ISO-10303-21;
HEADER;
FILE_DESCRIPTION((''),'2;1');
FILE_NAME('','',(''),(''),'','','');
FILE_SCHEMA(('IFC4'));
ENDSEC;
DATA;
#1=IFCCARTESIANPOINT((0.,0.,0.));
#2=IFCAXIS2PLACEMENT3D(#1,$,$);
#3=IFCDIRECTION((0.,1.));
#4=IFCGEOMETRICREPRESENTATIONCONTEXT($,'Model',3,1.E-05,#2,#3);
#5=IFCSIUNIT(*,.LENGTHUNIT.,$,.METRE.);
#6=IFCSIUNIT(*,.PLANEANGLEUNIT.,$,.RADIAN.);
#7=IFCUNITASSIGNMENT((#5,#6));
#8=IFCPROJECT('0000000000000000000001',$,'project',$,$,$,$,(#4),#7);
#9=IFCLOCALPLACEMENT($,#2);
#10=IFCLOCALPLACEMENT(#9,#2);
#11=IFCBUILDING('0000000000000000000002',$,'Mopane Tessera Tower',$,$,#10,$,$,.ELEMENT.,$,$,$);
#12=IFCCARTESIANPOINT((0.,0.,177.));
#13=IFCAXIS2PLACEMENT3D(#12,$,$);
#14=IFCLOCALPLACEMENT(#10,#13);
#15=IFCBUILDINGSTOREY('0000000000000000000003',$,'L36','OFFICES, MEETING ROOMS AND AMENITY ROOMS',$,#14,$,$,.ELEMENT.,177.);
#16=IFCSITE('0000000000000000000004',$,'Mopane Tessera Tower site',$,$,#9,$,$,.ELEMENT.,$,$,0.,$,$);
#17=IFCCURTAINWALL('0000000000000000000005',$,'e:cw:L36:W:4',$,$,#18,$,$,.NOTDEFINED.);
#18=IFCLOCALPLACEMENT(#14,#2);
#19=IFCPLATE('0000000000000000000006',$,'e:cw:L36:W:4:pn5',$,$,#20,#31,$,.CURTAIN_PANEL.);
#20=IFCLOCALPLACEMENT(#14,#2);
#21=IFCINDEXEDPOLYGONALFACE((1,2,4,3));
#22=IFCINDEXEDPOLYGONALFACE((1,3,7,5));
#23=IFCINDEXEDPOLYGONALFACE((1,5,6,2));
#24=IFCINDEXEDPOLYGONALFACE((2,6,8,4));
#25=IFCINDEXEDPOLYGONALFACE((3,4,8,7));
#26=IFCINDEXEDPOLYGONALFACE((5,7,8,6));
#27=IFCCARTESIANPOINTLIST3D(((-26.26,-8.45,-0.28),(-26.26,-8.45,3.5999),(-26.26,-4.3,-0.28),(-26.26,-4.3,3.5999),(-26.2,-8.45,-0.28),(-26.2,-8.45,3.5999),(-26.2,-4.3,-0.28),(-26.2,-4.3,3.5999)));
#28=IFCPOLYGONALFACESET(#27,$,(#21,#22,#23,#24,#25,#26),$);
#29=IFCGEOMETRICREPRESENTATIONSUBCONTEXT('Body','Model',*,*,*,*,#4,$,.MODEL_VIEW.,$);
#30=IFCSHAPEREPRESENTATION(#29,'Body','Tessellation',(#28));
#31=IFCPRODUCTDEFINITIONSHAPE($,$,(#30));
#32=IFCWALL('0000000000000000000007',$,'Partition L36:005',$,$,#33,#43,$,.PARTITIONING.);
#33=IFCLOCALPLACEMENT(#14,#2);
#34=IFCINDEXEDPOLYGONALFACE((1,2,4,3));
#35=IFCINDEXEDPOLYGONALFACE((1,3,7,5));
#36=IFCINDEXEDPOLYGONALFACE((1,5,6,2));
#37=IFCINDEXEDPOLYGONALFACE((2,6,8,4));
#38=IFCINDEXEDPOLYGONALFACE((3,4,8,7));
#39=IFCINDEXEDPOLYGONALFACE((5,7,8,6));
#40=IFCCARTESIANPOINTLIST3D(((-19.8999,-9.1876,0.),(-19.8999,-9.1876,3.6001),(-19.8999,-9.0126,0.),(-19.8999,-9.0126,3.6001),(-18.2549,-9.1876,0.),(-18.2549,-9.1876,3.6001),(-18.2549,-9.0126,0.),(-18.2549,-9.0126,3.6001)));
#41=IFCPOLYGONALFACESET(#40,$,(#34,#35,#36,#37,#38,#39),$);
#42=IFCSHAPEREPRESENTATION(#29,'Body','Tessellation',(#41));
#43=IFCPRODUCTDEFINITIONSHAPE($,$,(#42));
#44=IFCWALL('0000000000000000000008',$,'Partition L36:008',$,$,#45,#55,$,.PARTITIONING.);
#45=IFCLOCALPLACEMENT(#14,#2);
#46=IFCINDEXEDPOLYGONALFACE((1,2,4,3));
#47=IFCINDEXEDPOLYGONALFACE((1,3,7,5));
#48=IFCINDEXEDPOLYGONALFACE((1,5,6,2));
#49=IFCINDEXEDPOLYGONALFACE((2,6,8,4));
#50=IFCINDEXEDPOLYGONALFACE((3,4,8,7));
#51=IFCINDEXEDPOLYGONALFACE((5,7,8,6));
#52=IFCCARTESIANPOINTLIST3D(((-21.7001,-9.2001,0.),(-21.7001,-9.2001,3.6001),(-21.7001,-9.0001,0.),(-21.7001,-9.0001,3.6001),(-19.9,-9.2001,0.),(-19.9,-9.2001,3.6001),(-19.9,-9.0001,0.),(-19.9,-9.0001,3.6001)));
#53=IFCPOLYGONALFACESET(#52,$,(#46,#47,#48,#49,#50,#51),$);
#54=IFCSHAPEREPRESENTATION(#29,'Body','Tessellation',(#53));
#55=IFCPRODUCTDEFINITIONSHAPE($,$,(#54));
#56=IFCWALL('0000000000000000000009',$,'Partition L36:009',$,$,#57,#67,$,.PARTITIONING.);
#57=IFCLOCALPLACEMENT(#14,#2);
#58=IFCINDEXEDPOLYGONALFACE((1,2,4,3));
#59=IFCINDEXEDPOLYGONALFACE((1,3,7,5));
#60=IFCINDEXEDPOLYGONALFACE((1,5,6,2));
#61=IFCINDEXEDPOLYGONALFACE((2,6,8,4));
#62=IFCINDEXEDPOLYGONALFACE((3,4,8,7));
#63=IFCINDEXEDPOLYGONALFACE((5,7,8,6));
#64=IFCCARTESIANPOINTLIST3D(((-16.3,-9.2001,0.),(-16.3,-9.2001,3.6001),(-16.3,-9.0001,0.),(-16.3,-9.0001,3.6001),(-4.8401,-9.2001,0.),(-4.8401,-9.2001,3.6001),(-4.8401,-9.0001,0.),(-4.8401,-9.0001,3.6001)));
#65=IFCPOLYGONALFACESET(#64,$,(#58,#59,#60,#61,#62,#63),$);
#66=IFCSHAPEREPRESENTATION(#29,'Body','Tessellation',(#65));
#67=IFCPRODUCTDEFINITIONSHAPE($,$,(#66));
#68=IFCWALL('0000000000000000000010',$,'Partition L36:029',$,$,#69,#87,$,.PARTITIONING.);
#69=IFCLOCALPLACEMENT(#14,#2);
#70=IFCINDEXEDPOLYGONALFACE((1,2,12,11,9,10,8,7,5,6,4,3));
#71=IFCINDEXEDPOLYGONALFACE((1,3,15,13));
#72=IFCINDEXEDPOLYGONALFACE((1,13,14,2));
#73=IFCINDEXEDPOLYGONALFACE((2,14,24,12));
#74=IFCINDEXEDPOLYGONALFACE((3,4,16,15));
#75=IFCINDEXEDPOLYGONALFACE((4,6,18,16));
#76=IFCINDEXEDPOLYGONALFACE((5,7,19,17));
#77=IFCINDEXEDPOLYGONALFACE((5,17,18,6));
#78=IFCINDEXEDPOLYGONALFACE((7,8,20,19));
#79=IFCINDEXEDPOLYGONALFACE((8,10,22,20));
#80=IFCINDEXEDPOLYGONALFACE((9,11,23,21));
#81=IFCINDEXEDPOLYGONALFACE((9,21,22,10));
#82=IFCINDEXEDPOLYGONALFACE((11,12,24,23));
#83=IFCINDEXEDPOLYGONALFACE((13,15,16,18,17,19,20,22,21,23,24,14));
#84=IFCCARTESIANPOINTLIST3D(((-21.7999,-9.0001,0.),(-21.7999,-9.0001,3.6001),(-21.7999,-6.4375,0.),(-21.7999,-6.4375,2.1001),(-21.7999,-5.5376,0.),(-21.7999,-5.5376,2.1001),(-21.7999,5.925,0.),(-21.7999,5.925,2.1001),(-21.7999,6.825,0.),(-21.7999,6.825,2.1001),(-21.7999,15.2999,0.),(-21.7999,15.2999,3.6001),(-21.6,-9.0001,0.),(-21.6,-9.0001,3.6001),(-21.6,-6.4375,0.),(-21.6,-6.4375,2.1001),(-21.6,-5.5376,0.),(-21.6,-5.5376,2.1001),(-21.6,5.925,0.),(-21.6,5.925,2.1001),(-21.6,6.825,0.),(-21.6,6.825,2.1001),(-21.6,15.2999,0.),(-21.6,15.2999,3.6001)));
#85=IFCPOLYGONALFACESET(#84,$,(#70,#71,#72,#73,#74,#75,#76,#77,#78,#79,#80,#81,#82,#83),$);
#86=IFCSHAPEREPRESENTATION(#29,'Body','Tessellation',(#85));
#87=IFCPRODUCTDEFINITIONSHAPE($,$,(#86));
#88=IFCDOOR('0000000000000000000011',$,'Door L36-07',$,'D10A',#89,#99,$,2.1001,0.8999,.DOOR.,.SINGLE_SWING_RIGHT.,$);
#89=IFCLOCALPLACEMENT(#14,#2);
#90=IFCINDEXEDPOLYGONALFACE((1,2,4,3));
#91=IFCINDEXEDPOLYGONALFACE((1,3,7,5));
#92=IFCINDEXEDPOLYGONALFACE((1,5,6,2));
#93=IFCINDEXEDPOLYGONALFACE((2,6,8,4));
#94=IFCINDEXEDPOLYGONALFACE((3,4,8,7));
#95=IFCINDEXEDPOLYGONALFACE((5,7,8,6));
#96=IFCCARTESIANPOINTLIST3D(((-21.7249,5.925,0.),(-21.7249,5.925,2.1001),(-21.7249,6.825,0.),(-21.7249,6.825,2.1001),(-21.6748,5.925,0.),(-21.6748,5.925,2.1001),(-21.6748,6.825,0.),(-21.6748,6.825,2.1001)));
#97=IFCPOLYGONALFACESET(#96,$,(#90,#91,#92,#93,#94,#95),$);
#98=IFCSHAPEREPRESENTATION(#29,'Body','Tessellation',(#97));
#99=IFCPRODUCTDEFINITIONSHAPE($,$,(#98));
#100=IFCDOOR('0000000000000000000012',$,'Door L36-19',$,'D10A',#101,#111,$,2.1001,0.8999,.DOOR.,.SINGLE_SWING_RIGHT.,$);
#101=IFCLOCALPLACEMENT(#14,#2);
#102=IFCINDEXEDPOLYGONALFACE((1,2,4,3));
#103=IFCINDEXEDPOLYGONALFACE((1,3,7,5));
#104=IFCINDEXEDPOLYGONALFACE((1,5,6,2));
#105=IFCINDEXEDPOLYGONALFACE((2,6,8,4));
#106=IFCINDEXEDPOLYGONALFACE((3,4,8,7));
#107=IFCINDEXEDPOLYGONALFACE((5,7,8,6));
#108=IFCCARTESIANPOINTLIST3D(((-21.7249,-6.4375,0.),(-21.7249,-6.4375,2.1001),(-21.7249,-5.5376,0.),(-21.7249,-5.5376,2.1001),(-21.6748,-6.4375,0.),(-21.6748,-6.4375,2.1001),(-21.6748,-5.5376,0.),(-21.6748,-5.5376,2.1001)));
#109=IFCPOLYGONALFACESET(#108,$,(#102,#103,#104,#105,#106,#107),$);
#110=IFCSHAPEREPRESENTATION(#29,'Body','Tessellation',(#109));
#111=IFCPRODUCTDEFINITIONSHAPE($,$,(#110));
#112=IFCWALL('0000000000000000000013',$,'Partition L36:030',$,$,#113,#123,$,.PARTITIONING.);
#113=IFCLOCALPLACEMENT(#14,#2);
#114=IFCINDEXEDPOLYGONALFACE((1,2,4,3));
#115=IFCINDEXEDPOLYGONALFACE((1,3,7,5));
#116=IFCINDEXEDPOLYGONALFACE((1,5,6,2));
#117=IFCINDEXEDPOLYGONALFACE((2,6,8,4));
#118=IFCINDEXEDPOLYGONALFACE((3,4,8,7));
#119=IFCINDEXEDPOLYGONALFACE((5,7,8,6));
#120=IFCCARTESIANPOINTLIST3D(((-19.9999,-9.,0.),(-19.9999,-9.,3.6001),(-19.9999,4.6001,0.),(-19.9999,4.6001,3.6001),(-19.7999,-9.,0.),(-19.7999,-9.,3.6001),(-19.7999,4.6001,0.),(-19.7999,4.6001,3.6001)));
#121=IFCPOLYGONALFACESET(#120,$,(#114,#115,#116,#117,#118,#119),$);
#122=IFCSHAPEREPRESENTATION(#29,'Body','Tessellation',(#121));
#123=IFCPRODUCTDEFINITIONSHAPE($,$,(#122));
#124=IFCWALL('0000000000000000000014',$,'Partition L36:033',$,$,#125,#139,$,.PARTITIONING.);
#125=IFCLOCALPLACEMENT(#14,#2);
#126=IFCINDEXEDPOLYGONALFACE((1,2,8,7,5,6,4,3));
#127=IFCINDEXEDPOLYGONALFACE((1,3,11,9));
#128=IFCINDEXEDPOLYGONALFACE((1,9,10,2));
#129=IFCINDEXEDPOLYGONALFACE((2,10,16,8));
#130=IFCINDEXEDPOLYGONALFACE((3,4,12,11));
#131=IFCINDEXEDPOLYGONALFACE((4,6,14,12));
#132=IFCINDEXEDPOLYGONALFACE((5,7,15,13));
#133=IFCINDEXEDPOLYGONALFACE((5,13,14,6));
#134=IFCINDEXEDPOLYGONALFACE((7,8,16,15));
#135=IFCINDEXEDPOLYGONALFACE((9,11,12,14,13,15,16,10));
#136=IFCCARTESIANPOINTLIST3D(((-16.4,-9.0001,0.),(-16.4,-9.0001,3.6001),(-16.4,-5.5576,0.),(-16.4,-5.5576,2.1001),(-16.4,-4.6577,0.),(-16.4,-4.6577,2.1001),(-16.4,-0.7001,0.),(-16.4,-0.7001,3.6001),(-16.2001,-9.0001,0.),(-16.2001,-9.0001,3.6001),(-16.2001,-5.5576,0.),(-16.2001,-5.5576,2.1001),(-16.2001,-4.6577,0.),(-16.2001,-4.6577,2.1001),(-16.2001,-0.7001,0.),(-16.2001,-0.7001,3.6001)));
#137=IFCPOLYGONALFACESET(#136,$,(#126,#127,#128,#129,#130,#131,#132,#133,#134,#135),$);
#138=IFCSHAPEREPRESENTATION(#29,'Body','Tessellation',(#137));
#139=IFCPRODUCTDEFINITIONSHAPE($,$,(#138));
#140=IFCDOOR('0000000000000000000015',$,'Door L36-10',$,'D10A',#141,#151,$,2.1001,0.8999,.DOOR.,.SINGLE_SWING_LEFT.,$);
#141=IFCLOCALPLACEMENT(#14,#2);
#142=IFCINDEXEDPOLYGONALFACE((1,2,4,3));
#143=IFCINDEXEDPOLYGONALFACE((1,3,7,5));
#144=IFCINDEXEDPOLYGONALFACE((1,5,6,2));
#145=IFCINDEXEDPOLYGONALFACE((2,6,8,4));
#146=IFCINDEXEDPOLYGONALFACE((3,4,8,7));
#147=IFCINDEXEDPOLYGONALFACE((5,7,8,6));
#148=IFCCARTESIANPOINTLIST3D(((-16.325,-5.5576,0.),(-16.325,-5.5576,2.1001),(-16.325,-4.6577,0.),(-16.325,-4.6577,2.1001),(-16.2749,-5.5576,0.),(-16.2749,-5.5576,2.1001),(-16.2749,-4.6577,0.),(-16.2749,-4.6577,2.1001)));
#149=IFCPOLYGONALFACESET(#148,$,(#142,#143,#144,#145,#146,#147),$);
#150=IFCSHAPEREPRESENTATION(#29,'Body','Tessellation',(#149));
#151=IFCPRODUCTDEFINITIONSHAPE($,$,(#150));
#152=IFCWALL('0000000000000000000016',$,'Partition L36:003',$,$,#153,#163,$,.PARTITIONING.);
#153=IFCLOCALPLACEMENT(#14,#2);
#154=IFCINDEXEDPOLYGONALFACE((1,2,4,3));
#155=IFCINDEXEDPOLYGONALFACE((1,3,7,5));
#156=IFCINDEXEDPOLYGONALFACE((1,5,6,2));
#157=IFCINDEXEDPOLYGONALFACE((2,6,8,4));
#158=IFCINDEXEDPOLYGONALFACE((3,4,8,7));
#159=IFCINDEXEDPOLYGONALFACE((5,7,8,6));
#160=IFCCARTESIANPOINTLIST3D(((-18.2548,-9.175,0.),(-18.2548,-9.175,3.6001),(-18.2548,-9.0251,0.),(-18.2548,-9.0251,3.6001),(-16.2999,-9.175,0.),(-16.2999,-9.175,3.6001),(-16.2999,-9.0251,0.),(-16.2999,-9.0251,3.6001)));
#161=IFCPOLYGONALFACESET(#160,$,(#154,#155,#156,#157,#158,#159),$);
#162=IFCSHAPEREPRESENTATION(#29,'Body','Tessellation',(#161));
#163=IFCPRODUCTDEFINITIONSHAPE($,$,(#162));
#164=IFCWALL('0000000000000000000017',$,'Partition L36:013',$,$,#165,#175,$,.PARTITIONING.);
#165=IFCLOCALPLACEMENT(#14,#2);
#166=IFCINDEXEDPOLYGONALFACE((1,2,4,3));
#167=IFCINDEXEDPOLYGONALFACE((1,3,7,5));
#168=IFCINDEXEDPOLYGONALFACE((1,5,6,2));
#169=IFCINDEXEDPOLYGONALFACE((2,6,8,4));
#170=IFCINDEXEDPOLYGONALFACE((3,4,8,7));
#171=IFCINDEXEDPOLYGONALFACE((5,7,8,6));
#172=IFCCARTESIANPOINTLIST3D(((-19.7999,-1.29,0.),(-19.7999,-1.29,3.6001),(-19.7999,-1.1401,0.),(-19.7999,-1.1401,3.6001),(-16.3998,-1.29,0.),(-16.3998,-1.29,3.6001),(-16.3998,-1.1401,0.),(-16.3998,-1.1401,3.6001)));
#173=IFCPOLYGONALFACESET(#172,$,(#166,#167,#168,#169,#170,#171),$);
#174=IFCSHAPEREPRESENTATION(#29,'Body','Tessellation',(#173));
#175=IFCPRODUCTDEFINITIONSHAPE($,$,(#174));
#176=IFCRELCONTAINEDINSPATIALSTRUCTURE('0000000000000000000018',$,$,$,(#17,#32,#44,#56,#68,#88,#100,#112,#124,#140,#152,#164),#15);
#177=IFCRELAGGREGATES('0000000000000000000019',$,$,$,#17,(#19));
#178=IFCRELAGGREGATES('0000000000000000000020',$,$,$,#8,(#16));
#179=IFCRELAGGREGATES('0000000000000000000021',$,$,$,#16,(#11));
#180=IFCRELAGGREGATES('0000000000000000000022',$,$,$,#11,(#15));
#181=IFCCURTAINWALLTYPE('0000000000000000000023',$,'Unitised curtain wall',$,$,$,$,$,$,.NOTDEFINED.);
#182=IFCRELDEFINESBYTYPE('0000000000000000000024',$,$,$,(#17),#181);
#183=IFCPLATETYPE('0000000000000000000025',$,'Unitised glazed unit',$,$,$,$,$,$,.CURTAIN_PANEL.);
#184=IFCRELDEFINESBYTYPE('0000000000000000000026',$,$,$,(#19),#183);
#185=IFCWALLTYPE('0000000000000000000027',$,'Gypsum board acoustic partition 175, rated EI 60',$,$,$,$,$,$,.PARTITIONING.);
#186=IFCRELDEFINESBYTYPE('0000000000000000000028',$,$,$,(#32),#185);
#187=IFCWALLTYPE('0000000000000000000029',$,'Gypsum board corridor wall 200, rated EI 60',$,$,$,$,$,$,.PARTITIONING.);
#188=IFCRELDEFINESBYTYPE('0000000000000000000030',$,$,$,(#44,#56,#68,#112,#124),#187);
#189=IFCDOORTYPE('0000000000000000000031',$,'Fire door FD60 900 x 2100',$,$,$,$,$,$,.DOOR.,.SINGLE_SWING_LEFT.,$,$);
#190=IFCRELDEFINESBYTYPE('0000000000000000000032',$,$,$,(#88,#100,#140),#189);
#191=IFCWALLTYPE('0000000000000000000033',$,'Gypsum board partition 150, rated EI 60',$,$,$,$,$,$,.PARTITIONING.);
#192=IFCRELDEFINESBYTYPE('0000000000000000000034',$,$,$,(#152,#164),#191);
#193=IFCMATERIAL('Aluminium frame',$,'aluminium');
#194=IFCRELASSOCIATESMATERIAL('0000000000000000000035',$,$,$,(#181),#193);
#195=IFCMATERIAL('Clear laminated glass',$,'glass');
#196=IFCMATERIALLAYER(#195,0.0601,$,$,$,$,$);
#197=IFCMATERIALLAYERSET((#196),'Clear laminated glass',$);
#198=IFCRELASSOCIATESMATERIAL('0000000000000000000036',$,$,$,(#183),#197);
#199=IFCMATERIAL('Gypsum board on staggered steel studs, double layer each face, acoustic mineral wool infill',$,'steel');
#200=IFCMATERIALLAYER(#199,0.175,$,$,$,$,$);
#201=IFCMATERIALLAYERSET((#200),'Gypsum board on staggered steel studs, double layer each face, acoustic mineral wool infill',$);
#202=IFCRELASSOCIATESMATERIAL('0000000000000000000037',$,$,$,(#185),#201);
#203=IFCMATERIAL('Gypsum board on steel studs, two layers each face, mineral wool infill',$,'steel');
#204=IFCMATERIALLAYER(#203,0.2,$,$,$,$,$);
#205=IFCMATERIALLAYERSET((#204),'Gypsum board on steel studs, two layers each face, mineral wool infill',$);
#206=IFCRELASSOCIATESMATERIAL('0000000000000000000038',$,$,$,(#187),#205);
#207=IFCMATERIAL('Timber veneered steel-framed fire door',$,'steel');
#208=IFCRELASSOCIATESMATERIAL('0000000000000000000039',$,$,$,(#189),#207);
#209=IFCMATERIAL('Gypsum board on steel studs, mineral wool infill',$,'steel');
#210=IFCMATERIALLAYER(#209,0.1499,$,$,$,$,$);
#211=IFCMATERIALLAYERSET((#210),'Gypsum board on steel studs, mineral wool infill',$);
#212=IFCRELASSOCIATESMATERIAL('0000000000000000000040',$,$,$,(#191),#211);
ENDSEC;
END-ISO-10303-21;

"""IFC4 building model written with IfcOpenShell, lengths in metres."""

from ifc_helpers import new_model, si_unit, direction, frame, frame_2d, origin, origin_2d, place, context, subcontext, project, spatial, rectangle, extrude, material, layer, layer_set, type_object, element, fill, aggregate, save


model = new_model("IFC4")

# Units and contexts
model_context = context("Model", 3, precision=1e-05, world=origin(), true_north=direction((0.0, 1.0)))
body_context = subcontext(model_context, "Body", "Model", "MODEL_VIEW")
ifc_project = project(units=[si_unit("LENGTHUNIT", "METRE"), si_unit("PLANEANGLEUNIT", "RADIAN")], contexts=[model_context])

# Site, building, storey
site_placement = place(None, origin())
site = spatial("IfcSite", under=ifc_project, at=site_placement, Name="Mopane Tessera Tower site", CompositionType="ELEMENT", RefElevation=0.0)
building_placement = place(site_placement, origin())
building = spatial("IfcBuilding", under=site, at=building_placement, Name="Mopane Tessera Tower", CompositionType="ELEMENT")
storey_placement = place(building_placement, frame((0.0, 0.0, 177.0)))
storey = spatial("IfcBuildingStorey", under=building, at=storey_placement, Name="L36", Description="OFFICES, MEETING ROOMS AND AMENITY ROOMS", CompositionType="ELEMENT", Elevation=177.0)

# Curtain wall
ifc_material_1 = material(Name="Aluminium frame", Category="aluminium")
curtain_wall_type = type_object("IfcCurtainWallType", Name="Unitised curtain wall", PredefinedType="NOTDEFINED", material=ifc_material_1)
curtain_wall_placement = place(storey_placement, origin())
curtain_wall = element("IfcCurtainWall", 1, at=curtain_wall_placement, inside=storey, type_object=curtain_wall_type, Name="e:cw:L36:W:4", PredefinedType="NOTDEFINED")

# Plate
ifc_material_2 = material(Name="Clear laminated glass", Category="glass")
ifc_layer_1 = layer(ifc_material_2, 0.0601)
ifc_layer_set_1 = layer_set([ifc_layer_1], Name="Clear laminated glass")
plate_type = type_object("IfcPlateType", Name="Unitised glazed unit", PredefinedType="CURTAIN_PANEL", material=ifc_layer_set_1)
plate_1_placement = place(storey_placement, frame((-26.23, -6.375, -0.28), z_axis=(0.0, 0.0, 1.0), x_axis=(0.0, -1.0, 0.0)))
plate_1 = element("IfcPlate", 2, at=plate_1_placement, type_object=plate_type, Name="e:cw:L36:W:4:pn5", PredefinedType="CURTAIN_PANEL", context=body_context, shape_type="SweptSolid", body=[
    extrude(rectangle(XDim=4.1499, YDim=0.0601, at=origin_2d()), origin(), (0.0, 0.0, 1.0), 3.8799),
])
aggregate(curtain_wall, [plate_1])

# Walls
ifc_material_3 = material(Name="Gypsum board on staggered steel studs, double layer each face, acoustic mineral wool infill", Category="steel")
ifc_layer_2 = layer(ifc_material_3, 0.175)
ifc_layer_set_2 = layer_set([ifc_layer_2], Name="Gypsum board on staggered steel studs, double layer each face, acoustic mineral wool infill")
wall_type_1 = type_object("IfcWallType", Name="Gypsum board acoustic partition 175, rated EI 60", PredefinedType="PARTITIONING", material=ifc_layer_set_2)
wall_1_placement = place(storey_placement, frame((-19.8999, -9.1001, 0.0), z_axis=(0.0, 0.0, 1.0), x_axis=(1.0, 0.0, 0.0)))
element("IfcWall", 3, at=wall_1_placement, inside=storey, type_object=wall_type_1, Name="Partition L36:005", PredefinedType="PARTITIONING", context=body_context, shape_type="SweptSolid", body=[
    extrude(rectangle(XDim=1.645, YDim=0.175, at=frame_2d((0.8225, 0.0))), origin(), (0.0, 0.0, 1.0), 3.6001),
])
ifc_material_4 = material(Name="Gypsum board on steel studs, two layers each face, mineral wool infill", Category="steel")
ifc_layer_3 = layer(ifc_material_4, 0.2)
ifc_layer_set_3 = layer_set([ifc_layer_3], Name="Gypsum board on steel studs, two layers each face, mineral wool infill")
wall_type_2 = type_object("IfcWallType", Name="Gypsum board corridor wall 200, rated EI 60", PredefinedType="PARTITIONING", material=ifc_layer_set_3)
wall_2_placement = place(storey_placement, frame((-21.7, -9.1001, 0.0), z_axis=(0.0, 0.0, 1.0), x_axis=(1.0, 0.0, 0.0)))
element("IfcWall", 4, at=wall_2_placement, inside=storey, type_object=wall_type_2, Name="Partition L36:008", PredefinedType="PARTITIONING", context=body_context, shape_type="SweptSolid", body=[
    extrude(rectangle(XDim=1.8, YDim=0.2, at=frame_2d((0.8999, 0.0))), origin(), (0.0, 0.0, 1.0), 3.6001),
])
wall_3_placement = place(storey_placement, frame((-16.3, -9.1001, 0.0), z_axis=(0.0, 0.0, 1.0), x_axis=(1.0, 0.0, 0.0)))
element("IfcWall", 5, at=wall_3_placement, inside=storey, type_object=wall_type_2, Name="Partition L36:009", PredefinedType="PARTITIONING", context=body_context, shape_type="SweptSolid", body=[
    extrude(rectangle(XDim=11.46, YDim=0.2, at=frame_2d((5.73, 0.0))), origin(), (0.0, 0.0, 1.0), 3.6001),
])

# Wall, openings, doors
wall_4_placement = place(storey_placement, frame((-21.7, -9.0, 0.0), z_axis=(0.0, 0.0, 1.0), x_axis=(0.0, 1.0, 0.0)))
wall_4 = element("IfcWall", 6, at=wall_4_placement, inside=storey, type_object=wall_type_2, Name="Partition L36:029", PredefinedType="PARTITIONING", context=body_context, shape_type="SweptSolid", body=[
    extrude(rectangle(XDim=24.3, YDim=0.2, at=frame_2d((12.1499, 0.0))), origin(), (0.0, 0.0, 1.0), 3.6001),
])
opening_1_placement = place(wall_4_placement, frame((14.925, 0.0, 0.0)))
opening_1 = element("IfcOpeningElement", 7, at=opening_1_placement, cuts=wall_4, PredefinedType="OPENING", context=body_context, shape_type="SweptSolid", body=[
    extrude(rectangle(XDim=0.8999, YDim=2.1001, at=frame_2d((0.45, 1.05))), frame((0.0, 0.1121, 0.0), z_axis=(0.0, -1.0, 0.0), x_axis=(1.0, 0.0, 0.0)), (0.0, 0.0, 1.0), 0.2239),
])
opening_2_placement = place(wall_4_placement, frame((2.5625, 0.0, 0.0)))
opening_2 = element("IfcOpeningElement", 8, at=opening_2_placement, cuts=wall_4, PredefinedType="OPENING", context=body_context, shape_type="SweptSolid", body=[
    extrude(rectangle(XDim=0.8999, YDim=2.1001, at=frame_2d((0.45, 1.05))), frame((0.0, 0.1121, 0.0), z_axis=(0.0, -1.0, 0.0), x_axis=(1.0, 0.0, 0.0)), (0.0, 0.0, 1.0), 0.2239),
])
ifc_material_5 = material(Name="Timber veneered steel-framed fire door", Category="steel")
door_type = type_object("IfcDoorType", Name="Fire door FD60 900 x 2100", OperationType="SINGLE_SWING_LEFT", PredefinedType="DOOR", material=ifc_material_5)
door_1_placement = place(opening_1_placement, origin())
door_1 = element("IfcDoor", 9, at=door_1_placement, inside=storey, type_object=door_type, Name="Door L36-07", ObjectType="D10A", OperationType="SINGLE_SWING_RIGHT", OverallHeight=2.1001, OverallWidth=0.8999, PredefinedType="DOOR", context=body_context, shape_type="SweptSolid", body=[
    extrude(rectangle(XDim=0.8999, YDim=2.1001, at=frame_2d((0.45, 1.05))), frame((0.0, 0.0249, 0.0), z_axis=(0.0, -1.0, 0.0), x_axis=(1.0, 0.0, 0.0)), (0.0, 0.0, 1.0), 0.05),
])
fill(opening_1, door_1)
door_2_placement = place(opening_2_placement, origin())
door_2 = element("IfcDoor", 10, at=door_2_placement, inside=storey, type_object=door_type, Name="Door L36-19", ObjectType="D10A", OperationType="SINGLE_SWING_RIGHT", OverallHeight=2.1001, OverallWidth=0.8999, PredefinedType="DOOR", context=body_context, shape_type="SweptSolid", body=[
    extrude(rectangle(XDim=0.8999, YDim=2.1001, at=frame_2d((0.45, 1.05))), frame((0.0, 0.0249, 0.0), z_axis=(0.0, -1.0, 0.0), x_axis=(1.0, 0.0, 0.0)), (0.0, 0.0, 1.0), 0.05),
])
fill(opening_2, door_2)

# Wall
wall_5_placement = place(storey_placement, frame((-19.8999, -9.0, 0.0), z_axis=(0.0, 0.0, 1.0), x_axis=(0.0, 1.0, 0.0)))
element("IfcWall", 11, at=wall_5_placement, inside=storey, type_object=wall_type_2, Name="Partition L36:030", PredefinedType="PARTITIONING", context=body_context, shape_type="SweptSolid", body=[
    extrude(rectangle(XDim=13.6001, YDim=0.2, at=frame_2d((6.8, 0.0))), origin(), (0.0, 0.0, 1.0), 3.6001),
])

# Wall, opening, door
wall_6_placement = place(storey_placement, frame((-16.3, -9.0, 0.0), z_axis=(0.0, 0.0, 1.0), x_axis=(0.0, 1.0, 0.0)))
wall_6 = element("IfcWall", 12, at=wall_6_placement, inside=storey, type_object=wall_type_2, Name="Partition L36:033", PredefinedType="PARTITIONING", context=body_context, shape_type="SweptSolid", body=[
    extrude(rectangle(XDim=8.3, YDim=0.2, at=frame_2d((4.1499, 0.0))), origin(), (0.0, 0.0, 1.0), 3.6001),
])
opening_3_placement = place(wall_6_placement, frame((3.4424, 0.0, 0.0)))
opening_3 = element("IfcOpeningElement", 13, at=opening_3_placement, cuts=wall_6, PredefinedType="OPENING", context=body_context, shape_type="SweptSolid", body=[
    extrude(rectangle(XDim=0.8999, YDim=2.1001, at=frame_2d((0.45, 1.05))), frame((0.0, 0.1121, 0.0), z_axis=(0.0, -1.0, 0.0), x_axis=(1.0, 0.0, 0.0)), (0.0, 0.0, 1.0), 0.2239),
])
door_3_placement = place(opening_3_placement, origin())
door_3 = element("IfcDoor", 14, at=door_3_placement, inside=storey, type_object=door_type, Name="Door L36-10", ObjectType="D10A", OperationType="SINGLE_SWING_LEFT", OverallHeight=2.1001, OverallWidth=0.8999, PredefinedType="DOOR", context=body_context, shape_type="SweptSolid", body=[
    extrude(rectangle(XDim=0.8999, YDim=2.1001, at=frame_2d((0.45, 1.05))), frame((0.0, 0.0249, 0.0), z_axis=(0.0, -1.0, 0.0), x_axis=(1.0, 0.0, 0.0)), (0.0, 0.0, 1.0), 0.05),
])
fill(opening_3, door_3)

# Walls
ifc_material_6 = material(Name="Gypsum board on steel studs, mineral wool infill", Category="steel")
ifc_layer_4 = layer(ifc_material_6, 0.1499)
ifc_layer_set_4 = layer_set([ifc_layer_4], Name="Gypsum board on steel studs, mineral wool infill")
wall_type_3 = type_object("IfcWallType", Name="Gypsum board partition 150, rated EI 60", PredefinedType="PARTITIONING", material=ifc_layer_set_4)
wall_7_placement = place(storey_placement, frame((-18.2549, -9.1001, 0.0), z_axis=(0.0, 0.0, 1.0), x_axis=(1.0, 0.0, 0.0)))
element("IfcWall", 15, at=wall_7_placement, inside=storey, type_object=wall_type_3, Name="Partition L36:003", PredefinedType="PARTITIONING", context=body_context, shape_type="SweptSolid", body=[
    extrude(rectangle(XDim=1.9548, YDim=0.1499, at=frame_2d((0.9775, 0.0))), origin(), (0.0, 0.0, 1.0), 3.6001),
])
wall_8_placement = place(storey_placement, frame((-19.8, -1.2151, 0.0), z_axis=(0.0, 0.0, 1.0), x_axis=(1.0, 0.0, 0.0)))
element("IfcWall", 16, at=wall_8_placement, inside=storey, type_object=wall_type_3, Name="Partition L36:013", PredefinedType="PARTITIONING", context=body_context, shape_type="SweptSolid", body=[
    extrude(rectangle(XDim=3.4001, YDim=0.1499, at=frame_2d((1.7002, 0.0))), origin(), (0.0, 0.0, 1.0), 3.6001),
])

save(model, "model.ifc")
